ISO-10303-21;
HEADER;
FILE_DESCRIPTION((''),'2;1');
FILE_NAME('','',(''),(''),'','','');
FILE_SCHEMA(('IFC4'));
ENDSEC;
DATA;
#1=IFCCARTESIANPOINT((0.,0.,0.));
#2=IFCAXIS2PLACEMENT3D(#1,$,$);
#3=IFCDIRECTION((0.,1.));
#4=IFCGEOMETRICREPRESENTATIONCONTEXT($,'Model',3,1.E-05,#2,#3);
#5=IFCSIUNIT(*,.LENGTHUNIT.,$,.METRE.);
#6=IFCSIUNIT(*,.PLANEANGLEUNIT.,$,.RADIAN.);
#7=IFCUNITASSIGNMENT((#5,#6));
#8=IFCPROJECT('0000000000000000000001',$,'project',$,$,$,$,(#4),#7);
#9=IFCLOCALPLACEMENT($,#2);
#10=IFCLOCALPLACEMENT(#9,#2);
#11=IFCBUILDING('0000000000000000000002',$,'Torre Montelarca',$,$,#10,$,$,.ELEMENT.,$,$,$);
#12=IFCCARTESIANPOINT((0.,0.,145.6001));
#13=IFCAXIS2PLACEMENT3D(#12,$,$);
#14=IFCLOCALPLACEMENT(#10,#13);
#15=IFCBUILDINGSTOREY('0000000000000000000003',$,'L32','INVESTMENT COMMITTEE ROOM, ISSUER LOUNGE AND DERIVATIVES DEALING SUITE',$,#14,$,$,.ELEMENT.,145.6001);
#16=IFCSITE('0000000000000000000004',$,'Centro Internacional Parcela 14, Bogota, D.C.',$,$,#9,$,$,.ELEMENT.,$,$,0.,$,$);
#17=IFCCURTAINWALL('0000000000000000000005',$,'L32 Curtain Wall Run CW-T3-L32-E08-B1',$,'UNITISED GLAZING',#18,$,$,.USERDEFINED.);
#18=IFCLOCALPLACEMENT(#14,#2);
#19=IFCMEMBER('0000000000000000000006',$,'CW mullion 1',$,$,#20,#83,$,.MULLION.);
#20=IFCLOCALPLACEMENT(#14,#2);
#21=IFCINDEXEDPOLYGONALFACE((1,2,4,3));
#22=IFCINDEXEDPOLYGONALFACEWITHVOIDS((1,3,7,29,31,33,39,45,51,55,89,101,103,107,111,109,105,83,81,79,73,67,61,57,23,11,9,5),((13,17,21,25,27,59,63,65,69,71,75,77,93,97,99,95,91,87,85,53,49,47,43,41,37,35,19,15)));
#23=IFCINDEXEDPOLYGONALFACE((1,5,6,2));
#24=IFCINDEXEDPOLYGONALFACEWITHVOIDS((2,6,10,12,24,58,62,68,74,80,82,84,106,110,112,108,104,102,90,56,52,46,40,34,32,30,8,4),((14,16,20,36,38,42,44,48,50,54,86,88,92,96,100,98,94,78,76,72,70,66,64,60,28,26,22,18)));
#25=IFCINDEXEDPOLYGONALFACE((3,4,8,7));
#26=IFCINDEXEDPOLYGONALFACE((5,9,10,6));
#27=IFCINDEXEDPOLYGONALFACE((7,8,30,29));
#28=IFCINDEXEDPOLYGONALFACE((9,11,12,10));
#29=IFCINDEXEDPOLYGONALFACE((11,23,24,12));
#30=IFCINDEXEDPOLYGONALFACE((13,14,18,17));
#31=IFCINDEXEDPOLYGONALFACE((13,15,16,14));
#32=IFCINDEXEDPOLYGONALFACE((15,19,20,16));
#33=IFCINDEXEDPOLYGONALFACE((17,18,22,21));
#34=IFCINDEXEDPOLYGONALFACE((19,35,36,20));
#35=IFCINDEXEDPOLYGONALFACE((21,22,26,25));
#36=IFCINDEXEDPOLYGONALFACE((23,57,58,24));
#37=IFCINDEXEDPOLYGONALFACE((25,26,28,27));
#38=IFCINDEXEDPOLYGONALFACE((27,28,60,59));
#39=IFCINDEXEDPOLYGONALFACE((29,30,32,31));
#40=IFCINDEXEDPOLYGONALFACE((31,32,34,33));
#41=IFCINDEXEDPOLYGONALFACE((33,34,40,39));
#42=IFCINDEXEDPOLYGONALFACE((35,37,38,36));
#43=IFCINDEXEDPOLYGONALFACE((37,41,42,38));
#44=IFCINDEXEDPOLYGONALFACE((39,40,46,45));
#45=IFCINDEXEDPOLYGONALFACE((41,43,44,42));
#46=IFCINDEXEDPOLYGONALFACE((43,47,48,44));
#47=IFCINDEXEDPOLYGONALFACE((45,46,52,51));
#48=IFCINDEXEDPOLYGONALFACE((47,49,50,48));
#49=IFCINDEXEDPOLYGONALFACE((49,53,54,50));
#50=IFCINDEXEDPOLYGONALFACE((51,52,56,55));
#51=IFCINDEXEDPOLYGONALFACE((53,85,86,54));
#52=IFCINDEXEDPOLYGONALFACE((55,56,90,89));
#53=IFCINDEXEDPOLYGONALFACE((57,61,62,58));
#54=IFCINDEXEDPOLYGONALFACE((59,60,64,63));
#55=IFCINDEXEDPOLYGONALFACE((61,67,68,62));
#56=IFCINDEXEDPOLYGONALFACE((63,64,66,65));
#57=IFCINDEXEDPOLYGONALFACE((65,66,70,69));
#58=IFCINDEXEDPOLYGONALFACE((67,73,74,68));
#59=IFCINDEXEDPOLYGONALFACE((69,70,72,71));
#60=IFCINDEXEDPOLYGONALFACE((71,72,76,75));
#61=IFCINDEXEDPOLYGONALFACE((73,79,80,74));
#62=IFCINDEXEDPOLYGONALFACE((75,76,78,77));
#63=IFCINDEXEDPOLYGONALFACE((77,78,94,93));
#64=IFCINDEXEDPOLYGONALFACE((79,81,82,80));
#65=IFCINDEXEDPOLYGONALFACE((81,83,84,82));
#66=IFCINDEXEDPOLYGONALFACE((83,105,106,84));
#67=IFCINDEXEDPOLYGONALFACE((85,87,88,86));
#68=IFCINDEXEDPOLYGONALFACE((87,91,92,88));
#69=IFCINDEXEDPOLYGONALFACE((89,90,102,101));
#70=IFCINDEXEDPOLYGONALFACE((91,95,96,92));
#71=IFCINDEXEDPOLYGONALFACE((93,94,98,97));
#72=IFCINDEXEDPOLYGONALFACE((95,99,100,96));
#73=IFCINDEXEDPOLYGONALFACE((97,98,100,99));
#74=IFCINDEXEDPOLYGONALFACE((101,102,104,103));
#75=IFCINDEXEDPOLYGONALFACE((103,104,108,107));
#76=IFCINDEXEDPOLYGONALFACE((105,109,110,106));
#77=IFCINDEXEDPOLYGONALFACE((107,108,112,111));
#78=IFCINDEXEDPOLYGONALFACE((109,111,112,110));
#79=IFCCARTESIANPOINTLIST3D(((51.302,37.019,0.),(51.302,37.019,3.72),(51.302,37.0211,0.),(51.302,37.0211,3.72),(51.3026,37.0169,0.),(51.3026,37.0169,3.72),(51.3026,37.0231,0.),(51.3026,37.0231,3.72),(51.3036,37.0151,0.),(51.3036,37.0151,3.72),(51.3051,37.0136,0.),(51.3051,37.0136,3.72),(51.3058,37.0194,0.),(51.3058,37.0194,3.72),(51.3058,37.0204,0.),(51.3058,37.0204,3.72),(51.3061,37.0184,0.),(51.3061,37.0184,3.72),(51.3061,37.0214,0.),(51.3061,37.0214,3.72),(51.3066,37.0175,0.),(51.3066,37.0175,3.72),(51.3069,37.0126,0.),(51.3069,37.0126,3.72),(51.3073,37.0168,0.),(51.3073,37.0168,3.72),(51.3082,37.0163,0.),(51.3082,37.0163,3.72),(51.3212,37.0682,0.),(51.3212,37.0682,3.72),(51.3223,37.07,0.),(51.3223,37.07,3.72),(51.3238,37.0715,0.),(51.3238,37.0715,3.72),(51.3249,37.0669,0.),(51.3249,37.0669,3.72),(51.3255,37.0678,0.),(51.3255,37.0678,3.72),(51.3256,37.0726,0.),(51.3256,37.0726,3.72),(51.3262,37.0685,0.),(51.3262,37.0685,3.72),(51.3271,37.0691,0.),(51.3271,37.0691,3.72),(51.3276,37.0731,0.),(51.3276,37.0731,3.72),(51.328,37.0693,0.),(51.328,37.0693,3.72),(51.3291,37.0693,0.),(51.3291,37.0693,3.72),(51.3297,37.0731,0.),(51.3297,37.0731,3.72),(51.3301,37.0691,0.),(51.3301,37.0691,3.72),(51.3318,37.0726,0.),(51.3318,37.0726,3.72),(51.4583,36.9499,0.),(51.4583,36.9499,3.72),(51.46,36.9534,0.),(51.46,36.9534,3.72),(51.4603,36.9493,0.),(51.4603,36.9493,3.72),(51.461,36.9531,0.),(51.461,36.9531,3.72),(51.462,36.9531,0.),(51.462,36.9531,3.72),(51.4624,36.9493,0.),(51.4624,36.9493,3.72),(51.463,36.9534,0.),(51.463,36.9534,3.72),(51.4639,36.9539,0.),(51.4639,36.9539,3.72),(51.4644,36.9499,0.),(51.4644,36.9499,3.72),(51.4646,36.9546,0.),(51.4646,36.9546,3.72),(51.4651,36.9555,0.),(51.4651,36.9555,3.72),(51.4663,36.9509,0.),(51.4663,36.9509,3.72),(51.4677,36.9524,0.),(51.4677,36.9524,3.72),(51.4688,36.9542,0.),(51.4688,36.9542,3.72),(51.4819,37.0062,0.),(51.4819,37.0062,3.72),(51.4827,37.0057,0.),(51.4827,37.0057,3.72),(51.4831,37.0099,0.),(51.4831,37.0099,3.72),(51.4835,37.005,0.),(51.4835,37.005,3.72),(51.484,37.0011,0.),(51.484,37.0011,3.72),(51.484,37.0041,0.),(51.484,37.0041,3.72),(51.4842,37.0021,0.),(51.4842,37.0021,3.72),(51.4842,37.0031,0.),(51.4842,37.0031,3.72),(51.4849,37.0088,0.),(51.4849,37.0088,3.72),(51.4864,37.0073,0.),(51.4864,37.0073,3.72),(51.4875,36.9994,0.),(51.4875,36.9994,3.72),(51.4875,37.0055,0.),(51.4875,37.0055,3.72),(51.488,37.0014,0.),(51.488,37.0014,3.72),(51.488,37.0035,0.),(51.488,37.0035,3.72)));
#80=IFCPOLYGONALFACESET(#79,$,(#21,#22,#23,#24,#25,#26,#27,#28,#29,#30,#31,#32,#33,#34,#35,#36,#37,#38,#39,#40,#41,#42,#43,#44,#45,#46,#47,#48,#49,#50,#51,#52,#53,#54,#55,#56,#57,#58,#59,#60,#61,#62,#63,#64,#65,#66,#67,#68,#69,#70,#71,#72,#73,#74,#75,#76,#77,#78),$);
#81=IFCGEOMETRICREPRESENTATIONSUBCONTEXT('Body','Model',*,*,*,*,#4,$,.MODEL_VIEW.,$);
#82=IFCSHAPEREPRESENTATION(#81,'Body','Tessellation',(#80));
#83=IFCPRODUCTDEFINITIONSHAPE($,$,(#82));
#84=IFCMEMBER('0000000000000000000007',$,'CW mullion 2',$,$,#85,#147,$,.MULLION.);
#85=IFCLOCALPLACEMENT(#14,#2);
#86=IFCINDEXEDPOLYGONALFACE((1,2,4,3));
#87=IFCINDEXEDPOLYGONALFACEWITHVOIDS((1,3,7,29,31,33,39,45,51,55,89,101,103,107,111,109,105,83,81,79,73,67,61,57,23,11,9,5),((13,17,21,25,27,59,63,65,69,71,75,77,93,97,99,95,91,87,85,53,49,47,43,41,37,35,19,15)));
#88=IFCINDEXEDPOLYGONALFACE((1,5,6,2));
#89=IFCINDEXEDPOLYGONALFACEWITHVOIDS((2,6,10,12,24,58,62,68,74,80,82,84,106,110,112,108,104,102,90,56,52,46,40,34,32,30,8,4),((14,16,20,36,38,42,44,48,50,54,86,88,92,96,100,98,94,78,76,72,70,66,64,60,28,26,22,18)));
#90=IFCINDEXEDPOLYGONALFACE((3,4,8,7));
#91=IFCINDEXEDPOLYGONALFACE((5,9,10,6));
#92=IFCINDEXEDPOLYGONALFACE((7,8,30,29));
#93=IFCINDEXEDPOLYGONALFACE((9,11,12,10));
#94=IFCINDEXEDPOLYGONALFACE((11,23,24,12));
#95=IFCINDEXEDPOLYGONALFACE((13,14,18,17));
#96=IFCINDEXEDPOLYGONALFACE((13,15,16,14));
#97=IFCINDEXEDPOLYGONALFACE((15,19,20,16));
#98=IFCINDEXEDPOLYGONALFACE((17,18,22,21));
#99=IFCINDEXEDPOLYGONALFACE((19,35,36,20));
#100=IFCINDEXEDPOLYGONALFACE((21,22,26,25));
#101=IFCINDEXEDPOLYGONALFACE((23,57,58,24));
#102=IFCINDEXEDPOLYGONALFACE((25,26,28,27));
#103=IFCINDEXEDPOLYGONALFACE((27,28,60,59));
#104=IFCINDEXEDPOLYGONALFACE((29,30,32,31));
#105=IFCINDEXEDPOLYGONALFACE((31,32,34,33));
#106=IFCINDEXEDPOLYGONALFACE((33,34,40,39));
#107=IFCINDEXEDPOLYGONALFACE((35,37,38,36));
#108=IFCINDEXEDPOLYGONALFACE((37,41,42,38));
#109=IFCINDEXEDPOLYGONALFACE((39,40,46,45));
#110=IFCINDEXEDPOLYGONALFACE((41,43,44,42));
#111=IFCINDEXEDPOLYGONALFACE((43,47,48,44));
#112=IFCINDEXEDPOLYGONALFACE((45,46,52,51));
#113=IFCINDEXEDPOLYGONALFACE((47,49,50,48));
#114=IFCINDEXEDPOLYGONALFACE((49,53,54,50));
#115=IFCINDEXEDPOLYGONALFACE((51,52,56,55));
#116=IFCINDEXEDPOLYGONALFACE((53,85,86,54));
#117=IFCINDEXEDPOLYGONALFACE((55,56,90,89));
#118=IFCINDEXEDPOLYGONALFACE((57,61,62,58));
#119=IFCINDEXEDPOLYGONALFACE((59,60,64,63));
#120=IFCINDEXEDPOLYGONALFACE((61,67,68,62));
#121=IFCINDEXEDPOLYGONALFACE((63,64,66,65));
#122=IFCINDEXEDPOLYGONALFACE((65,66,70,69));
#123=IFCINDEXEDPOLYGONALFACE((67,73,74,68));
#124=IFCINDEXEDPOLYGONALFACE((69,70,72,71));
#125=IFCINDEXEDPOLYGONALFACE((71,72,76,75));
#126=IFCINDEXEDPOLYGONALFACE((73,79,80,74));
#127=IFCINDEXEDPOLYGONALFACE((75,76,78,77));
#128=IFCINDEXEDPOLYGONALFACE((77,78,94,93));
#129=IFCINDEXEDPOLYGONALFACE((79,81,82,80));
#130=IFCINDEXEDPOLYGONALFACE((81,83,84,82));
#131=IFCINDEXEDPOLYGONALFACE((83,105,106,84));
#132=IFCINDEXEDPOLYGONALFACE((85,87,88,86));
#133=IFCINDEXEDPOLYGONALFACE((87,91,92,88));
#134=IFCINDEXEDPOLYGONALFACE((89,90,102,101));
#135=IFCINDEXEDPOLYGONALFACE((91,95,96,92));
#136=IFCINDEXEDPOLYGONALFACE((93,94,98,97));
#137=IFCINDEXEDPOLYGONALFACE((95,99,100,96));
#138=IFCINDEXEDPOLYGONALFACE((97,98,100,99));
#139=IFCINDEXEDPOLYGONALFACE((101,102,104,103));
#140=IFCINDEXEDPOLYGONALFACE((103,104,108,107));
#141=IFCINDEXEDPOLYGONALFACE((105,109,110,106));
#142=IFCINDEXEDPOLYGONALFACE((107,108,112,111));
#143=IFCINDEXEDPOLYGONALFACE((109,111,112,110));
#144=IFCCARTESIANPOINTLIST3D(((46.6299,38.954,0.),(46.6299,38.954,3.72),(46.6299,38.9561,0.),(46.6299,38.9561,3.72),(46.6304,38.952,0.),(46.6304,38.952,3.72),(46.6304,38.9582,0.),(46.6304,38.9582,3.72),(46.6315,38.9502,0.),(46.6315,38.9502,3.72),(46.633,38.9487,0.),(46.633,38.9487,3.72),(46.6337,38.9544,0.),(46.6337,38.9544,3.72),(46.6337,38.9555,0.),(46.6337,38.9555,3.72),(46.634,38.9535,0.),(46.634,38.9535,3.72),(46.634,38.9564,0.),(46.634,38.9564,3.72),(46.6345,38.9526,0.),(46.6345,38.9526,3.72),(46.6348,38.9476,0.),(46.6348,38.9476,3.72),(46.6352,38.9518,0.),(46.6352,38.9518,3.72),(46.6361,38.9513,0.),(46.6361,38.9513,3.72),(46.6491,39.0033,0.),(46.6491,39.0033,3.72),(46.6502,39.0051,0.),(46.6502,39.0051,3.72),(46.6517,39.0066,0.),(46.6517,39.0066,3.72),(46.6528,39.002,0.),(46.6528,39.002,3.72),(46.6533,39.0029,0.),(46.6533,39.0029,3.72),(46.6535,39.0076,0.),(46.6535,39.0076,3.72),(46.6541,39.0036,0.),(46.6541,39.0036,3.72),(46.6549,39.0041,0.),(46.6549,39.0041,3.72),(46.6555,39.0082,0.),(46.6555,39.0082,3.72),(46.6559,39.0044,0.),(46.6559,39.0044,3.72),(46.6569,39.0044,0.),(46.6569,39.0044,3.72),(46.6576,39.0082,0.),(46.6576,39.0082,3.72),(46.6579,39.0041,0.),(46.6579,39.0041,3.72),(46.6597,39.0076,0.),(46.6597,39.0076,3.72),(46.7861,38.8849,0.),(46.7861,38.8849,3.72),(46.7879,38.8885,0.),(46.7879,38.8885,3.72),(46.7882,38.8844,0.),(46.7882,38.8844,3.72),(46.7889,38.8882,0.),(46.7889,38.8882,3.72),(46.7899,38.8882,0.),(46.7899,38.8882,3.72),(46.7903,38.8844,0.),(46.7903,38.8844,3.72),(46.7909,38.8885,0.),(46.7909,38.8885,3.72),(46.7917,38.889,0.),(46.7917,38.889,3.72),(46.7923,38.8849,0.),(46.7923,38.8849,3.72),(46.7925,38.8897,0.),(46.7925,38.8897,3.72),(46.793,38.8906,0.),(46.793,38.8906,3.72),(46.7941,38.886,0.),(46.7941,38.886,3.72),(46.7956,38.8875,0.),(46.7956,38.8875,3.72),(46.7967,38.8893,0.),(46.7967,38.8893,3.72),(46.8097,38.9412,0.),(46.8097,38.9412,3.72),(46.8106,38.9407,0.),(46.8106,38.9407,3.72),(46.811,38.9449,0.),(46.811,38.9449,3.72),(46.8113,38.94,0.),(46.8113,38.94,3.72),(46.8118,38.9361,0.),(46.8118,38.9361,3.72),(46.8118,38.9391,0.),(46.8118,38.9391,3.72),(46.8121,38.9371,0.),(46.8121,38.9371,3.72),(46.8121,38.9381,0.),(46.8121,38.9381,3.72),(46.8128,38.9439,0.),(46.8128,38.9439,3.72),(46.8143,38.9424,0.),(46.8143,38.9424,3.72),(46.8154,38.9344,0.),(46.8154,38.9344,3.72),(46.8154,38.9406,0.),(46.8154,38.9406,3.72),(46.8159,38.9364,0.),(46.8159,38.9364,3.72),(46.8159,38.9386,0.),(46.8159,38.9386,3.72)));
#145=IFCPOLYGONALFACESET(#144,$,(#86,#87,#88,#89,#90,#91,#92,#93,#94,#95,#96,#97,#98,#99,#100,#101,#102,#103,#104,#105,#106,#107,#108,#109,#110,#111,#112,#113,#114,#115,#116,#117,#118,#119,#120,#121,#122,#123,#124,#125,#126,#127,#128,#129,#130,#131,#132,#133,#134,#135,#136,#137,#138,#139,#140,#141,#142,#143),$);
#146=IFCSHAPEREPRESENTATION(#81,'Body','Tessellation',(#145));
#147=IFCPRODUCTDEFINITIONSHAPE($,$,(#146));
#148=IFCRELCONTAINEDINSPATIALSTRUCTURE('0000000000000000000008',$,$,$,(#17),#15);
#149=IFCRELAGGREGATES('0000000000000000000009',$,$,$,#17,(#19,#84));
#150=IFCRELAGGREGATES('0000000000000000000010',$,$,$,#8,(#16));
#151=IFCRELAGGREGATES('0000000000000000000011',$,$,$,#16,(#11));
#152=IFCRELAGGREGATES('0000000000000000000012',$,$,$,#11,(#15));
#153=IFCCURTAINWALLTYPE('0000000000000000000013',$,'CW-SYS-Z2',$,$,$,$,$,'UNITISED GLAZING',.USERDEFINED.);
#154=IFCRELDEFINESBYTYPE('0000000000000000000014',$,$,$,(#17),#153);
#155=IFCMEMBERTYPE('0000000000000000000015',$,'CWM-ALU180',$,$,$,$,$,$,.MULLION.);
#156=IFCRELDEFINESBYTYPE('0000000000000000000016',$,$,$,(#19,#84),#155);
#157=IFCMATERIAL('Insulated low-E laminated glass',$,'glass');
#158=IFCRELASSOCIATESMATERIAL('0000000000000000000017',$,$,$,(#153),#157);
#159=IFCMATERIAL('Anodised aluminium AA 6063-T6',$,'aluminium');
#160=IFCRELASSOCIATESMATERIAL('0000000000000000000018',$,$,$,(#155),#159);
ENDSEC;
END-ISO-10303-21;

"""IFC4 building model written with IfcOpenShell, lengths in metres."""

from ifc_helpers import new_model, si_unit, direction, frame, origin, origin_2d, place, context, subcontext, project, spatial, hollow_rectangle, extrude, source, transform, mapped, material, material_profile, profile_set, type_object, element, aggregate, save


model = new_model("IFC4")

# Units and contexts
model_context = context("Model", 3, precision=1e-05, world=origin(), true_north=direction((0.0, 1.0)))
body_context = subcontext(model_context, "Body", "Model", "MODEL_VIEW")
ifc_project = project(units=[si_unit("LENGTHUNIT", "METRE"), si_unit("PLANEANGLEUNIT", "RADIAN")], contexts=[model_context])

# Site, building, storey
site_placement = place(None, origin())
site = spatial("IfcSite", under=ifc_project, at=site_placement, Name="Centro Internacional Parcela 14, Bogota, D.C.", CompositionType="ELEMENT", RefElevation=0.0)
building_placement = place(site_placement, origin())
building = spatial("IfcBuilding", under=site, at=building_placement, Name="Torre Montelarca", CompositionType="ELEMENT")
storey_placement = place(building_placement, frame((0.0, 0.0, 145.6001)))
storey = spatial("IfcBuildingStorey", under=building, at=storey_placement, Name="L32", Description="INVESTMENT COMMITTEE ROOM, ISSUER LOUNGE AND DERIVATIVES DEALING SUITE", CompositionType="ELEMENT", Elevation=145.6001)

# Curtain wall, members
ifc_material_1 = material(Name="Insulated low-E laminated glass", Category="glass")
curtain_wall_type = type_object("IfcCurtainWallType", Name="CW-SYS-Z2", ElementType="UNITISED GLAZING", PredefinedType="USERDEFINED", material=ifc_material_1)
ifc_material_2 = material(Name="Anodised aluminium AA 6063-T6", Category="aluminium")
ifc_material_profile_1 = material_profile(ifc_material_2, hollow_rectangle(XDim=0.0649, YDim=0.1799, WallThickness=0.0039, InnerFilletRadius=0.0039, OuterFilletRadius=0.0081, at=origin_2d()), Name="ALU65X180X4", Category="aluminium")
ifc_profile_set_1 = profile_set([ifc_material_profile_1], Name="Anodised aluminium AA 6063-T6")
member_type_1 = type_object("IfcMemberType", Name="CWM-ALU180", PredefinedType="MULLION", material=ifc_profile_set_1)
shared_shape_1 = source(origin(), body_context, "Body", "SweptSolid", [
    extrude(hollow_rectangle(XDim=0.0649, YDim=0.1799, WallThickness=0.0039, InnerFilletRadius=0.0039, OuterFilletRadius=0.0081, at=origin_2d()), origin(), (0.0, 0.0, 1.0), 3.72),
])
curtain_wall_1_placement = place(storey_placement, origin())
curtain_wall_1 = element("IfcCurtainWall", 1, at=curtain_wall_1_placement, inside=storey, type_object=curtain_wall_type, Name="L32 Curtain Wall Run CW-T3-L32-E08-B1", ObjectType="UNITISED GLAZING", PredefinedType="USERDEFINED")
member_1_placement = place(storey_placement, frame((51.395, 37.0112, 0.0), z_axis=(0.0, 0.0, 1.0), x_axis=(-0.382681, -0.923881, 0.0)))
member_1 = element("IfcMember", 2, at=member_1_placement, type_object=member_type_1, Name="CW mullion 1", PredefinedType="MULLION", context=body_context, shape_type="MappedRepresentation", body=[
    mapped(shared_shape_1, transform((0.0, 0.0, 0.0), scale=1.0)),
])
member_2_placement = place(storey_placement, frame((46.7229, 38.9463, 0.0), z_axis=(0.0, 0.0, 1.0), x_axis=(-0.382681, -0.923881, 0.0)))
member_2 = element("IfcMember", 3, at=member_2_placement, type_object=member_type_1, Name="CW mullion 2", PredefinedType="MULLION", context=body_context, shape_type="MappedRepresentation", body=[
    mapped(shared_shape_1, transform((0.0, 0.0, 0.0), scale=1.0)),
])

aggregate(curtain_wall_1, [member_1, member_2])

save(model, "model.ifc")
